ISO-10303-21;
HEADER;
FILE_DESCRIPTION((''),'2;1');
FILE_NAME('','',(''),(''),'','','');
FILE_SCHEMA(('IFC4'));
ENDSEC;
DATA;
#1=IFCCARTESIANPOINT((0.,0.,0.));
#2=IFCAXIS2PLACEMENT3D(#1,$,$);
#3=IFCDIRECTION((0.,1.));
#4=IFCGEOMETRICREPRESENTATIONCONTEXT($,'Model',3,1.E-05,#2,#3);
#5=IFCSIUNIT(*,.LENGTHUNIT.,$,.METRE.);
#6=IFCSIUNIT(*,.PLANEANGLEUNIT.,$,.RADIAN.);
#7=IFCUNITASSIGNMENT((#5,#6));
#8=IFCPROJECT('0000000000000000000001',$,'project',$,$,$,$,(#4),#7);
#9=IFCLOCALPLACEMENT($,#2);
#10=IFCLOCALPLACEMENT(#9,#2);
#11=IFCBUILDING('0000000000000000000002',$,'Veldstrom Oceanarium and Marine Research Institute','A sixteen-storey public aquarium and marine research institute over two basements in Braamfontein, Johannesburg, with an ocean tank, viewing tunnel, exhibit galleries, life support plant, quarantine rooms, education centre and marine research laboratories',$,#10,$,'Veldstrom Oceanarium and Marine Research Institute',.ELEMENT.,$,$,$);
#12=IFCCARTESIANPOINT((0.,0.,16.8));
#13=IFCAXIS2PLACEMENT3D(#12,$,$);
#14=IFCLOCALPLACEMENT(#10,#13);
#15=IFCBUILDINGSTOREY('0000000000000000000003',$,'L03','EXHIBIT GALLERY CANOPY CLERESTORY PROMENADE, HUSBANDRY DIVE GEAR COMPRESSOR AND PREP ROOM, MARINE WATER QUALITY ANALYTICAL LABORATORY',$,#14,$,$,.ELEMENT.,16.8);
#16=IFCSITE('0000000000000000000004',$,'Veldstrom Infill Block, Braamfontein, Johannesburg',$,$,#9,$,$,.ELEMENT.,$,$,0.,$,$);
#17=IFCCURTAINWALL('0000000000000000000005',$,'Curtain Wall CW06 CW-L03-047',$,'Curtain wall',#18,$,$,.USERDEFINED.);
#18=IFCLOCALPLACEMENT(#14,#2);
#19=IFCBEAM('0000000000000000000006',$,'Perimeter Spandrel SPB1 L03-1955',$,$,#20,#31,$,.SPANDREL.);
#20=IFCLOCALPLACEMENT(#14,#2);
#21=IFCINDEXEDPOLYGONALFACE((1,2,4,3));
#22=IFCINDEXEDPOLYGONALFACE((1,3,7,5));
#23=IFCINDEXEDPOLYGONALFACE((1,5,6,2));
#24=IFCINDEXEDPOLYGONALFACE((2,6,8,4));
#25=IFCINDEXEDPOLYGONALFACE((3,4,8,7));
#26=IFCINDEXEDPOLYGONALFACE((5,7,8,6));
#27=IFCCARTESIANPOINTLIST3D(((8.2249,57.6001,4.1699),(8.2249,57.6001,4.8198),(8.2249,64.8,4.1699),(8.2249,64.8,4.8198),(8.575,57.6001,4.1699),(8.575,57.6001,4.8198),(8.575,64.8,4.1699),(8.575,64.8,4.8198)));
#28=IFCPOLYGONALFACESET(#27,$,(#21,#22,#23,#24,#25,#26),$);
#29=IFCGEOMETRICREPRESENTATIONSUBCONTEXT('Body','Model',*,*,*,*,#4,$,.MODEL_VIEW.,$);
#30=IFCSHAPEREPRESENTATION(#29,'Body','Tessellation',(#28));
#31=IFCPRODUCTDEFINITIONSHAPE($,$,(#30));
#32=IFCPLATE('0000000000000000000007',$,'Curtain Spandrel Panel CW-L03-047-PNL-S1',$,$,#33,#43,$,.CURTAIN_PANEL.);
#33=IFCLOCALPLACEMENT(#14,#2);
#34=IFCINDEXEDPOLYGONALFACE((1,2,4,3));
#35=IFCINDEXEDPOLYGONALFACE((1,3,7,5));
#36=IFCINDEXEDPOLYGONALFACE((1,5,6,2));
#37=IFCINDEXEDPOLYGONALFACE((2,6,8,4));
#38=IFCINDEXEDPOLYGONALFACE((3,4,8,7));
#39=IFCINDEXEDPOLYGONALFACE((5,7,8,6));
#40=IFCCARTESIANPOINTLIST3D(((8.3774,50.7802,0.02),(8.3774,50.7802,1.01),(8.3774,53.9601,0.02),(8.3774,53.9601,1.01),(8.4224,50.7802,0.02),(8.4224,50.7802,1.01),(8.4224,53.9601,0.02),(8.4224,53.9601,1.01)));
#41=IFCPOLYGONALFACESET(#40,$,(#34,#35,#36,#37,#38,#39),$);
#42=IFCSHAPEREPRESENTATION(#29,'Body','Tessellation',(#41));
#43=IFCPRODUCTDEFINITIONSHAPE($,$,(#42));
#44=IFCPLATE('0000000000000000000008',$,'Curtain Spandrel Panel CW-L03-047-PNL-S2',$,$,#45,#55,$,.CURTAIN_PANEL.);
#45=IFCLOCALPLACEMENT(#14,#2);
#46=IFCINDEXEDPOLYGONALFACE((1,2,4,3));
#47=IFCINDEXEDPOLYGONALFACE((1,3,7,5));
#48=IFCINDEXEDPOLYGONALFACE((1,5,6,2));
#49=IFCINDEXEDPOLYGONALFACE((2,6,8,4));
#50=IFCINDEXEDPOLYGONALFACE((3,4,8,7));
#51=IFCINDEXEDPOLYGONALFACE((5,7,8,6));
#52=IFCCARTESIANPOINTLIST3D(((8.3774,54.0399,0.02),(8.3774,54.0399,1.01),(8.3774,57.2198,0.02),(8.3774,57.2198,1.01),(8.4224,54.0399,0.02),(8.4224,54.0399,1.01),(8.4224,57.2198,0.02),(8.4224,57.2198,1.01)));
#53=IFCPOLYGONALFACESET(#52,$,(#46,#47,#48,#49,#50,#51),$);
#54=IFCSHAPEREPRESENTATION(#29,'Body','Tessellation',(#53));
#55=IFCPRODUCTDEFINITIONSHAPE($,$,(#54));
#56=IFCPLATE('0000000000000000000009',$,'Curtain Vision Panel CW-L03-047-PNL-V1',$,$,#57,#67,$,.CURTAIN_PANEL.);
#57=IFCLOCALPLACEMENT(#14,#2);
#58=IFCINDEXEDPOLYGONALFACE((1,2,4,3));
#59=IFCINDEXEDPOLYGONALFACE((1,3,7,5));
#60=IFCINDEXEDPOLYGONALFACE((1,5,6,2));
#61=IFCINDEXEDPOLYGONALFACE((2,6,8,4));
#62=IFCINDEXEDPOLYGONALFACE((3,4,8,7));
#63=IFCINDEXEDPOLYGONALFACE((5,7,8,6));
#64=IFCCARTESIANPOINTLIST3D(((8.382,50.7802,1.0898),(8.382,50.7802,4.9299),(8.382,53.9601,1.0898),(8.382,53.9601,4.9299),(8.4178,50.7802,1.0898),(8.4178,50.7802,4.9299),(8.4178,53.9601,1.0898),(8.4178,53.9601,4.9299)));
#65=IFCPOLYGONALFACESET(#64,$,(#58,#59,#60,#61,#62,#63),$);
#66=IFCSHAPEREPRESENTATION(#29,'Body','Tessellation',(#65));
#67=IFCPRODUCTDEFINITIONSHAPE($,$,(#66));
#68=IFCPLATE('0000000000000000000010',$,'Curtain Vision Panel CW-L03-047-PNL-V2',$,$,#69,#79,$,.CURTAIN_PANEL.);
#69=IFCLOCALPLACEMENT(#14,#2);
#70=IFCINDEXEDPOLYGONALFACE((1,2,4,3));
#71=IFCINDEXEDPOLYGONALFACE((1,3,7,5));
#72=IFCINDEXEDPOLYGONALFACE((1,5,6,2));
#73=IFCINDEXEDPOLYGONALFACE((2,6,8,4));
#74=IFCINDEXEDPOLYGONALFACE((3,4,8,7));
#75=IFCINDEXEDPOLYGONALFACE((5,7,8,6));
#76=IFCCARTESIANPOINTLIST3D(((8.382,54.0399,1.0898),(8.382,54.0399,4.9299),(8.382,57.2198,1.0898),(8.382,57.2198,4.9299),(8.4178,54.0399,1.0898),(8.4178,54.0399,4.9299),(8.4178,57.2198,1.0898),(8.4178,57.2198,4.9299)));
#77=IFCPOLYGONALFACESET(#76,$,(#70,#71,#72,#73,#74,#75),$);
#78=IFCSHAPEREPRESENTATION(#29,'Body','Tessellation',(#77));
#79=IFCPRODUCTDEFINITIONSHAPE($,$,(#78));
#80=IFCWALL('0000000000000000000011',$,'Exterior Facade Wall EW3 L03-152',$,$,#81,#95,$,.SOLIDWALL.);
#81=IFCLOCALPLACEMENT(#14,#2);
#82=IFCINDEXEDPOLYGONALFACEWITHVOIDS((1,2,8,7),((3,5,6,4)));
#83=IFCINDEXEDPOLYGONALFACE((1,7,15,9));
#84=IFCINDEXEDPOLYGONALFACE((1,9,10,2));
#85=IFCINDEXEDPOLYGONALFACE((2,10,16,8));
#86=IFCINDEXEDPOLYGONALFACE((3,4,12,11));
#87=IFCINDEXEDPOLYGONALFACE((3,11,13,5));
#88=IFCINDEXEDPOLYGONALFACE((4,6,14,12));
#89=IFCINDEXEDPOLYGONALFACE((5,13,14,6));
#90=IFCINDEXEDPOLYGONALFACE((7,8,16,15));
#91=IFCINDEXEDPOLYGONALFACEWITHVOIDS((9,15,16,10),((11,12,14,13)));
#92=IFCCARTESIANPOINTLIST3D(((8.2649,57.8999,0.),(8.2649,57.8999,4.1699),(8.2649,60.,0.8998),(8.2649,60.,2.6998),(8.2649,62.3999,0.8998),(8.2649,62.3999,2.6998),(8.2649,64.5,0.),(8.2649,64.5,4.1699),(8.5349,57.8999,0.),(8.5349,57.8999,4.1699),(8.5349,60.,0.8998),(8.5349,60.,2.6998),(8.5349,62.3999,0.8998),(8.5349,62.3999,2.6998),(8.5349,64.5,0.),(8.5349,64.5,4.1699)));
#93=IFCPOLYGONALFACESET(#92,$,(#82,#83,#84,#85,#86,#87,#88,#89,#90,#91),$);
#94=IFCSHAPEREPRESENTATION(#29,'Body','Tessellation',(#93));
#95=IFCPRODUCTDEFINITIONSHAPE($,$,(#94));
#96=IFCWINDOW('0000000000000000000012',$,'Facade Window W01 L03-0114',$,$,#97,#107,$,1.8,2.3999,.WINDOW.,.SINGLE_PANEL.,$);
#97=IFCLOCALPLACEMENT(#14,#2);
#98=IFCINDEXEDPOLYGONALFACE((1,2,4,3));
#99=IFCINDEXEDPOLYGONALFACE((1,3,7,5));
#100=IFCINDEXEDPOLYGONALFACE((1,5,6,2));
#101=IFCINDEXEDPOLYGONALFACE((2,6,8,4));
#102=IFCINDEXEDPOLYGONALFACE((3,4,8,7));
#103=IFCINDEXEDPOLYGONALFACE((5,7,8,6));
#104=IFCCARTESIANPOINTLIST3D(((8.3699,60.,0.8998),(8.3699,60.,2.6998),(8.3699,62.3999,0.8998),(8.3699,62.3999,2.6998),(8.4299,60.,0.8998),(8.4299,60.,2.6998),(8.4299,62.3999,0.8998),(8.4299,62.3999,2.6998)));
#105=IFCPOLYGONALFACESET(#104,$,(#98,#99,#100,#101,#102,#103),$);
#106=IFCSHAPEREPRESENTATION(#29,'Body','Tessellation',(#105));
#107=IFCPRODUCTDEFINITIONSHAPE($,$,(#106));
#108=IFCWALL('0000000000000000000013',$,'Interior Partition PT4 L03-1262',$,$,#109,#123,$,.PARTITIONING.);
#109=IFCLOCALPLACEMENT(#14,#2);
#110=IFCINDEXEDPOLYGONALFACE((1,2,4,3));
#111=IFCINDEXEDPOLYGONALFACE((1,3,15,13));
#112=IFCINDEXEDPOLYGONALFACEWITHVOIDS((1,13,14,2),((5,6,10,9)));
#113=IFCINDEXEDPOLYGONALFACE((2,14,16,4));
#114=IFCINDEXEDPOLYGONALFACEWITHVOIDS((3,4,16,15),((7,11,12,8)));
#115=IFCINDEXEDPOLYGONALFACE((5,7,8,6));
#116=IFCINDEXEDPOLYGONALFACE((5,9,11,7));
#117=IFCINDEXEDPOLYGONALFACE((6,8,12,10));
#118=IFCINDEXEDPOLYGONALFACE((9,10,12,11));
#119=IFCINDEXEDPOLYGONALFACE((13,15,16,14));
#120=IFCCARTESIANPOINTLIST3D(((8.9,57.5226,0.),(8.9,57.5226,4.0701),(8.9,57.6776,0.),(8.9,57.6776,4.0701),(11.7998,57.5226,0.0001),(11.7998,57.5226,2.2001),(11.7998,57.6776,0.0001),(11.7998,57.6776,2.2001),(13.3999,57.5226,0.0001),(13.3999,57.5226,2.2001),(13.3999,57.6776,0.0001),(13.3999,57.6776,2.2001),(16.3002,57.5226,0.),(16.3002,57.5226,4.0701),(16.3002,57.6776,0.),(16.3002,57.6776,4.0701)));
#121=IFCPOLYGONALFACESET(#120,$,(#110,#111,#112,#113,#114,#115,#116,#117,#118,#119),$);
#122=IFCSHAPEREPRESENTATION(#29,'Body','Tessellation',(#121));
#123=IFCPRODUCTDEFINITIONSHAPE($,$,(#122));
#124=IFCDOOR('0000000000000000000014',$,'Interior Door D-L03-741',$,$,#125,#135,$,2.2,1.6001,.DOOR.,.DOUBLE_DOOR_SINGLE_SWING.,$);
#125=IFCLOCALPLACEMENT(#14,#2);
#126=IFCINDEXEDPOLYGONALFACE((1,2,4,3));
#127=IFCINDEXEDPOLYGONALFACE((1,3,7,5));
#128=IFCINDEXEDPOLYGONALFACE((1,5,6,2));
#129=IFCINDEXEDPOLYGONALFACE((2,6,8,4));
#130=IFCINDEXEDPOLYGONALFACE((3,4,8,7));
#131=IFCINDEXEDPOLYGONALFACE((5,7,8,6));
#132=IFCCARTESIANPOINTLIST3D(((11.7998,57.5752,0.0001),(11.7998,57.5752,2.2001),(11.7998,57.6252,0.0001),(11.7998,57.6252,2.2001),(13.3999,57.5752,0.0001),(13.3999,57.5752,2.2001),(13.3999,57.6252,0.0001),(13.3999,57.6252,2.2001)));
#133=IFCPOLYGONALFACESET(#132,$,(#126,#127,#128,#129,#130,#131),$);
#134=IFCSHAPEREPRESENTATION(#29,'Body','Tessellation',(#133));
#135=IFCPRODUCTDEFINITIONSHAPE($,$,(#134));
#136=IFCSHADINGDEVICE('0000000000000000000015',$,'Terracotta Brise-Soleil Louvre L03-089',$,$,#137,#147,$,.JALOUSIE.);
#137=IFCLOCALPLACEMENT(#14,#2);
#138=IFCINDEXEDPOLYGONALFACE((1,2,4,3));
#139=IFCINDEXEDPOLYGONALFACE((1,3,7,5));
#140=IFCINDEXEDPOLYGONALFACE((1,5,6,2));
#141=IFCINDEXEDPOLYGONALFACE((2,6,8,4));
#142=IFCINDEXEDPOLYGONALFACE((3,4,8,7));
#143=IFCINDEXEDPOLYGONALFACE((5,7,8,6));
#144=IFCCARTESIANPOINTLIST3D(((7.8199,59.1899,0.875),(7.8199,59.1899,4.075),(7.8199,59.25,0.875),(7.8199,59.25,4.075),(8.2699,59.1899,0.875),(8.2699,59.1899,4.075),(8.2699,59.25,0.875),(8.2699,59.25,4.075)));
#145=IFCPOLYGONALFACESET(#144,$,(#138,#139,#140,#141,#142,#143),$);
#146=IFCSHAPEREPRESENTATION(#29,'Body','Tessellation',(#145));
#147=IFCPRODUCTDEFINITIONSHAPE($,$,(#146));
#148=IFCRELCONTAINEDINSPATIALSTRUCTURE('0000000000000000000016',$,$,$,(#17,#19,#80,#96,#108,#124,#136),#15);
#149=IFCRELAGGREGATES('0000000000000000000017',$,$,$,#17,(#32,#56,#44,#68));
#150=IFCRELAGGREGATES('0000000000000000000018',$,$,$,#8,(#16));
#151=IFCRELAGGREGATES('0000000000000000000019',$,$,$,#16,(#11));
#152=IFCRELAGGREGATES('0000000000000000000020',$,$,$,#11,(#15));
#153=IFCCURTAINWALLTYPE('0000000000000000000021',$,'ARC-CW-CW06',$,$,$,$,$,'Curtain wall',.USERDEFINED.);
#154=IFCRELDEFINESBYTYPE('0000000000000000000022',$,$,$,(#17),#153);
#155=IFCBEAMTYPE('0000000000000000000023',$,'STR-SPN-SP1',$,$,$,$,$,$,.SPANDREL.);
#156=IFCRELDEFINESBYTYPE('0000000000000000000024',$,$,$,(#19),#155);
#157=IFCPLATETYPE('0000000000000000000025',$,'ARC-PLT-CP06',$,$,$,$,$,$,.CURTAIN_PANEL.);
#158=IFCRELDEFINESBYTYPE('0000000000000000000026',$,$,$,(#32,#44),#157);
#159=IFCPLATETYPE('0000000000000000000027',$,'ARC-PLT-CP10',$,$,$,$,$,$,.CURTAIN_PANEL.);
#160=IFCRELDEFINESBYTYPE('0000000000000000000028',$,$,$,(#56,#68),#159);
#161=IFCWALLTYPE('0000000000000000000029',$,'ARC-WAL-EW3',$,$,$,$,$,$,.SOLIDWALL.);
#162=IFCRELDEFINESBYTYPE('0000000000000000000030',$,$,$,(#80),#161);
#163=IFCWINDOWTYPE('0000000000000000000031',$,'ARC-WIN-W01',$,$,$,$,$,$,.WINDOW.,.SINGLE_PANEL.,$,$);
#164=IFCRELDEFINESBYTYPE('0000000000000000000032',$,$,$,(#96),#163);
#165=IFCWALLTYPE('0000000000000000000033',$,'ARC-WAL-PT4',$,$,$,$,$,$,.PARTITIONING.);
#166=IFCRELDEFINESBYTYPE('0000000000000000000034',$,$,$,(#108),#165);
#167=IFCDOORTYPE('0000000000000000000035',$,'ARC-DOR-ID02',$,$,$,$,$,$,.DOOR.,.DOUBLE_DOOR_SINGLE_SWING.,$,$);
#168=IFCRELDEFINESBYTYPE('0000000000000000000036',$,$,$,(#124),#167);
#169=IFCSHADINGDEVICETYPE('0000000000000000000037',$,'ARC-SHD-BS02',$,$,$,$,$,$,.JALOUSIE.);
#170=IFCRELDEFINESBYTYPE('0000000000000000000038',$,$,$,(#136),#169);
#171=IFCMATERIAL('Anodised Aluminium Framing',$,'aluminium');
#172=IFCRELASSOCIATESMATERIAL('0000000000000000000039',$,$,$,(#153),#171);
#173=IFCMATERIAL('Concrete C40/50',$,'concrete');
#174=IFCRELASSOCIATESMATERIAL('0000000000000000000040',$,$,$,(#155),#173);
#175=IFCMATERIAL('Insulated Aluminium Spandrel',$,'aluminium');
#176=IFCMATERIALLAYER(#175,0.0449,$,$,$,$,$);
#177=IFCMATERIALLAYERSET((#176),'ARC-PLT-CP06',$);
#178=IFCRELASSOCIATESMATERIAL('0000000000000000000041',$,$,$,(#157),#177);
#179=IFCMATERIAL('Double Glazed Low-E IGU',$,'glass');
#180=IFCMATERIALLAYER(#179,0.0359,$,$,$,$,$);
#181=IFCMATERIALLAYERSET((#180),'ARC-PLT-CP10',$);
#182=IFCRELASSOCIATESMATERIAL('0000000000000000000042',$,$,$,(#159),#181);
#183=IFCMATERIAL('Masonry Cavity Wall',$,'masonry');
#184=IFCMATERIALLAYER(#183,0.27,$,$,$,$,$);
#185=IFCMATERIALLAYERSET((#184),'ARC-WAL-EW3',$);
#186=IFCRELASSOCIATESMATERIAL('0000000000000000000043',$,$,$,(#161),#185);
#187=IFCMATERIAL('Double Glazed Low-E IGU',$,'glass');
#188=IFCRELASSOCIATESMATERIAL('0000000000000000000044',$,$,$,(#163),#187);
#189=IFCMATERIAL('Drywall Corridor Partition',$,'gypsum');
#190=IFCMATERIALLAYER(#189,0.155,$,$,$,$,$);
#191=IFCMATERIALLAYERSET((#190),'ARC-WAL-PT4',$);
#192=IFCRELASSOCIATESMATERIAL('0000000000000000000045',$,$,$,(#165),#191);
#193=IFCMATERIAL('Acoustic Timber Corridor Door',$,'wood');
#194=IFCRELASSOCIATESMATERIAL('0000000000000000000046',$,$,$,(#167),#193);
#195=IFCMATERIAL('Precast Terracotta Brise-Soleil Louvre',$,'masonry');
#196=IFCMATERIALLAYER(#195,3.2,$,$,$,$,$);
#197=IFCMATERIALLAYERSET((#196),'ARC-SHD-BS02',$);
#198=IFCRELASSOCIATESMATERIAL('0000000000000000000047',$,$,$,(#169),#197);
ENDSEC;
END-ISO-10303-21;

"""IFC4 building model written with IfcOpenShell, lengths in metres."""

from ifc_helpers import new_model, si_unit, direction, frame, frame_2d, origin, origin_2d, place, context, subcontext, project, spatial, rectangle, extrude, material, layer, layer_set, material_profile, profile_set, type_object, element, fill, aggregate, save


model = new_model("IFC4")

# Units and contexts
model_context = context("Model", 3, precision=1e-05, world=origin(), true_north=direction((0.0, 1.0)))
body_context = subcontext(model_context, "Body", "Model", "MODEL_VIEW")
ifc_project = project(units=[si_unit("LENGTHUNIT", "METRE"), si_unit("PLANEANGLEUNIT", "RADIAN")], contexts=[model_context])

# Site, building, storey
site_placement = place(None, origin())
site = spatial("IfcSite", under=ifc_project, at=site_placement, Name="Veldstrom Infill Block, Braamfontein, Johannesburg", CompositionType="ELEMENT", RefElevation=0.0)
building_placement = place(site_placement, origin())
building = spatial("IfcBuilding", under=site, at=building_placement, Name="Veldstrom Oceanarium and Marine Research Institute", Description="A sixteen-storey public aquarium and marine research institute over two basements in Braamfontein, Johannesburg, with an ocean tank, viewing tunnel, exhibit galleries, life support plant, quarantine rooms, education centre and marine research laboratories", LongName="Veldstrom Oceanarium and Marine Research Institute", CompositionType="ELEMENT")
storey_placement = place(building_placement, frame((0.0, 0.0, 16.8)))
storey = spatial("IfcBuildingStorey", under=building, at=storey_placement, Name="L03", Description="EXHIBIT GALLERY CANOPY CLERESTORY PROMENADE, HUSBANDRY DIVE GEAR COMPRESSOR AND PREP ROOM, MARINE WATER QUALITY ANALYTICAL LABORATORY", CompositionType="ELEMENT", Elevation=16.8)

# Curtain wall
ifc_material_1 = material(Name="Anodised Aluminium Framing", Category="aluminium")
curtain_wall_type = type_object("IfcCurtainWallType", Name="ARC-CW-CW06", ElementType="Curtain wall", PredefinedType="USERDEFINED", material=ifc_material_1)
curtain_wall_placement = place(storey_placement, origin())
curtain_wall = element("IfcCurtainWall", 1, at=curtain_wall_placement, inside=storey, type_object=curtain_wall_type, Name="Curtain Wall CW06 CW-L03-047", ObjectType="Curtain wall", PredefinedType="USERDEFINED")

# Beam
ifc_material_2 = material(Name="Concrete C40/50", Category="concrete")
ifc_material_profile_1 = material_profile(ifc_material_2, rectangle(XDim=0.3501, YDim=0.6499, at=origin_2d()), Name="RC-SPN-350x650")
ifc_profile_set_1 = profile_set([ifc_material_profile_1], Name="Concrete C40/50")
beam_type_1 = type_object("IfcBeamType", Name="STR-SPN-SP1", PredefinedType="SPANDREL", material=ifc_profile_set_1)
beam_1_placement = place(storey_placement, frame((8.3999, 57.6001, 4.4949), z_axis=(0.0, 1.0, 0.0), x_axis=(-1.0, 0.0, 0.0)))
element("IfcBeam", 2, at=beam_1_placement, inside=storey, type_object=beam_type_1, Name="Perimeter Spandrel SPB1 L03-1955", PredefinedType="SPANDREL", context=body_context, shape_type="SweptSolid", body=[
    extrude(rectangle(XDim=0.3501, YDim=0.6499, at=origin_2d()), origin(), (0.0, 0.0, 1.0), 7.2),
])

# Plates
ifc_material_3 = material(Name="Insulated Aluminium Spandrel", Category="aluminium")
ifc_layer_1 = layer(ifc_material_3, 0.0449)
ifc_layer_set_1 = layer_set([ifc_layer_1], Name="ARC-PLT-CP06")
plate_type_1 = type_object("IfcPlateType", Name="ARC-PLT-CP06", PredefinedType="CURTAIN_PANEL", material=ifc_layer_set_1)
plate_1_placement = place(storey_placement, frame((8.3999, 52.3701, 0.02), z_axis=(0.0, 0.0, 1.0), x_axis=(0.0, 1.0, 0.0)))
plate_1 = element("IfcPlate", 3, at=plate_1_placement, type_object=plate_type_1, Name="Curtain Spandrel Panel CW-L03-047-PNL-S1", PredefinedType="CURTAIN_PANEL", context=body_context, shape_type="SweptSolid", body=[
    extrude(rectangle(XDim=3.1799, YDim=0.0449, at=origin_2d()), origin(), (0.0, 0.0, 1.0), 0.99),
])
plate_2_placement = place(storey_placement, frame((8.3999, 55.6299, 0.02), z_axis=(0.0, 0.0, 1.0), x_axis=(0.0, 1.0, 0.0)))
plate_2 = element("IfcPlate", 4, at=plate_2_placement, type_object=plate_type_1, Name="Curtain Spandrel Panel CW-L03-047-PNL-S2", PredefinedType="CURTAIN_PANEL", context=body_context, shape_type="SweptSolid", body=[
    extrude(rectangle(XDim=3.1799, YDim=0.0449, at=origin_2d()), origin(), (0.0, 0.0, 1.0), 0.99),
])
ifc_material_4 = material(Name="Double Glazed Low-E IGU", Category="glass")
ifc_layer_2 = layer(ifc_material_4, 0.0359)
ifc_layer_set_2 = layer_set([ifc_layer_2], Name="ARC-PLT-CP10")
plate_type_2 = type_object("IfcPlateType", Name="ARC-PLT-CP10", PredefinedType="CURTAIN_PANEL", material=ifc_layer_set_2)
plate_3_placement = place(storey_placement, frame((8.3999, 52.3701, 1.0898), z_axis=(0.0, 0.0, 1.0), x_axis=(0.0, 1.0, 0.0)))
plate_3 = element("IfcPlate", 5, at=plate_3_placement, type_object=plate_type_2, Name="Curtain Vision Panel CW-L03-047-PNL-V1", PredefinedType="CURTAIN_PANEL", context=body_context, shape_type="SweptSolid", body=[
    extrude(rectangle(XDim=3.1799, YDim=0.0359, at=origin_2d()), origin(), (0.0, 0.0, 1.0), 3.8401),
])
plate_4_placement = place(storey_placement, frame((8.3999, 55.6299, 1.0898), z_axis=(0.0, 0.0, 1.0), x_axis=(0.0, 1.0, 0.0)))
plate_4 = element("IfcPlate", 6, at=plate_4_placement, type_object=plate_type_2, Name="Curtain Vision Panel CW-L03-047-PNL-V2", PredefinedType="CURTAIN_PANEL", context=body_context, shape_type="SweptSolid", body=[
    extrude(rectangle(XDim=3.1799, YDim=0.0359, at=origin_2d()), origin(), (0.0, 0.0, 1.0), 3.8401),
])
aggregate(curtain_wall, [plate_1, plate_3, plate_2, plate_4])

# Wall, opening, window
ifc_material_5 = material(Name="Masonry Cavity Wall", Category="masonry")
ifc_layer_3 = layer(ifc_material_5, 0.27)
ifc_layer_set_3 = layer_set([ifc_layer_3], Name="ARC-WAL-EW3")
wall_type_1 = type_object("IfcWallType", Name="ARC-WAL-EW3", PredefinedType="SOLIDWALL", material=ifc_layer_set_3)
wall_1_placement = place(storey_placement, frame((8.3999, 57.8999, 0.0), z_axis=(0.0, 0.0, 1.0), x_axis=(0.0, 1.0, 0.0)))
wall_1 = element("IfcWall", 7, at=wall_1_placement, inside=storey, type_object=wall_type_1, Name="Exterior Facade Wall EW3 L03-152", PredefinedType="SOLIDWALL", context=body_context, shape_type="SweptSolid", body=[
    extrude(rectangle(XDim=6.6001, YDim=0.27, at=frame_2d((3.3, 0.0))), origin(), (0.0, 0.0, 1.0), 4.1699),
])
opening_1_placement = place(wall_1_placement, frame((2.1001, 0.0, 0.8999)))
opening_1 = element("IfcOpeningElement", 8, at=opening_1_placement, cuts=wall_1, PredefinedType="OPENING", context=body_context, shape_type="SweptSolid", body=[
    extrude(rectangle(XDim=2.3999, YDim=1.8, at=frame_2d((1.2, 0.8999))), frame((0.0, 0.145, 0.0), z_axis=(0.0, -1.0, 0.0), x_axis=(1.0, 0.0, 0.0)), (0.0, 0.0, 1.0), 0.29),
])
ifc_material_6 = material(Name="Double Glazed Low-E IGU", Category="glass")
window_type = type_object("IfcWindowType", Name="ARC-WIN-W01", PartitioningType="SINGLE_PANEL", PredefinedType="WINDOW", material=ifc_material_6)
window_placement = place(opening_1_placement, origin())
window = element("IfcWindow", 9, at=window_placement, inside=storey, type_object=window_type, Name="Facade Window W01 L03-0114", OverallHeight=1.8, OverallWidth=2.3999, PartitioningType="SINGLE_PANEL", PredefinedType="WINDOW", context=body_context, shape_type="SweptSolid", body=[
    extrude(rectangle(XDim=2.3999, YDim=1.8, at=frame_2d((1.2, 0.8999))), frame((0.0, 0.03, 0.0), z_axis=(0.0, -1.0, 0.0), x_axis=(1.0, 0.0, 0.0)), (0.0, 0.0, 1.0), 0.0601),
])
fill(opening_1, window)

# Wall, opening, door
ifc_material_7 = material(Name="Drywall Corridor Partition", Category="gypsum")
ifc_layer_4 = layer(ifc_material_7, 0.155)
ifc_layer_set_4 = layer_set([ifc_layer_4], Name="ARC-WAL-PT4")
wall_type_2 = type_object("IfcWallType", Name="ARC-WAL-PT4", PredefinedType="PARTITIONING", material=ifc_layer_set_4)
wall_2_placement = place(storey_placement, frame((8.8999, 57.6001, 0.0), z_axis=(0.0, 0.0, 1.0), x_axis=(1.0, 0.0, 0.0)))
wall_2 = element("IfcWall", 10, at=wall_2_placement, inside=storey, type_object=wall_type_2, Name="Interior Partition PT4 L03-1262", PredefinedType="PARTITIONING", context=body_context, shape_type="SweptSolid", body=[
    extrude(rectangle(XDim=7.4001, YDim=0.155, at=frame_2d((3.7002, 0.0))), origin(), (0.0, 0.0, 1.0), 4.0701),
])
opening_2_placement = place(wall_2_placement, frame((2.8999, 0.0, 0.0)))
opening_2 = element("IfcOpeningElement", 11, at=opening_2_placement, cuts=wall_2, PredefinedType="OPENING", context=body_context, shape_type="SweptSolid", body=[
    extrude(rectangle(XDim=1.6001, YDim=2.2, at=frame_2d((0.8, 1.1001))), frame((0.0, 0.0874, 0.0), z_axis=(0.0, -1.0, 0.0), x_axis=(1.0, 0.0, 0.0)), (0.0, 0.0, 1.0), 0.175),
])
ifc_material_8 = material(Name="Acoustic Timber Corridor Door", Category="wood")
door_type = type_object("IfcDoorType", Name="ARC-DOR-ID02", OperationType="DOUBLE_DOOR_SINGLE_SWING", PredefinedType="DOOR", material=ifc_material_8)
door_placement = place(opening_2_placement, frame((1.6001, 0.0, 0.0), z_axis=(0.0, 0.0, 1.0), x_axis=(-1.0, 0.0, 0.0)))
door = element("IfcDoor", 12, at=door_placement, inside=storey, type_object=door_type, Name="Interior Door D-L03-741", OperationType="DOUBLE_DOOR_SINGLE_SWING", OverallHeight=2.2, OverallWidth=1.6001, PredefinedType="DOOR", context=body_context, shape_type="SweptSolid", body=[
    extrude(rectangle(XDim=1.6001, YDim=2.2, at=frame_2d((0.8, 1.1001))), frame((0.0, 0.0249, 0.0), z_axis=(0.0, -1.0, 0.0), x_axis=(1.0, 0.0, 0.0)), (0.0, 0.0, 1.0), 0.05),
])
fill(opening_2, door)

# Shading device
ifc_material_9 = material(Name="Precast Terracotta Brise-Soleil Louvre", Category="masonry")
ifc_layer_5 = layer(ifc_material_9, 3.2)
ifc_layer_set_5 = layer_set([ifc_layer_5], Name="ARC-SHD-BS02")
shading_device_type = type_object("IfcShadingDeviceType", Name="ARC-SHD-BS02", PredefinedType="JALOUSIE", material=ifc_layer_set_5)
shading_device_placement = place(storey_placement, frame((8.0449, 59.22, 0.875), z_axis=(0.0, 0.0, 1.0), x_axis=(1.0, 0.0, 0.0)))
element("IfcShadingDevice", 13, at=shading_device_placement, inside=storey, type_object=shading_device_type, Name="Terracotta Brise-Soleil Louvre L03-089", PredefinedType="JALOUSIE", context=body_context, shape_type="SweptSolid", body=[
    extrude(rectangle(XDim=0.45, YDim=0.0601, at=origin_2d()), origin(), (0.0, 0.0, 1.0), 3.2),
])

save(model, "model.ifc")
